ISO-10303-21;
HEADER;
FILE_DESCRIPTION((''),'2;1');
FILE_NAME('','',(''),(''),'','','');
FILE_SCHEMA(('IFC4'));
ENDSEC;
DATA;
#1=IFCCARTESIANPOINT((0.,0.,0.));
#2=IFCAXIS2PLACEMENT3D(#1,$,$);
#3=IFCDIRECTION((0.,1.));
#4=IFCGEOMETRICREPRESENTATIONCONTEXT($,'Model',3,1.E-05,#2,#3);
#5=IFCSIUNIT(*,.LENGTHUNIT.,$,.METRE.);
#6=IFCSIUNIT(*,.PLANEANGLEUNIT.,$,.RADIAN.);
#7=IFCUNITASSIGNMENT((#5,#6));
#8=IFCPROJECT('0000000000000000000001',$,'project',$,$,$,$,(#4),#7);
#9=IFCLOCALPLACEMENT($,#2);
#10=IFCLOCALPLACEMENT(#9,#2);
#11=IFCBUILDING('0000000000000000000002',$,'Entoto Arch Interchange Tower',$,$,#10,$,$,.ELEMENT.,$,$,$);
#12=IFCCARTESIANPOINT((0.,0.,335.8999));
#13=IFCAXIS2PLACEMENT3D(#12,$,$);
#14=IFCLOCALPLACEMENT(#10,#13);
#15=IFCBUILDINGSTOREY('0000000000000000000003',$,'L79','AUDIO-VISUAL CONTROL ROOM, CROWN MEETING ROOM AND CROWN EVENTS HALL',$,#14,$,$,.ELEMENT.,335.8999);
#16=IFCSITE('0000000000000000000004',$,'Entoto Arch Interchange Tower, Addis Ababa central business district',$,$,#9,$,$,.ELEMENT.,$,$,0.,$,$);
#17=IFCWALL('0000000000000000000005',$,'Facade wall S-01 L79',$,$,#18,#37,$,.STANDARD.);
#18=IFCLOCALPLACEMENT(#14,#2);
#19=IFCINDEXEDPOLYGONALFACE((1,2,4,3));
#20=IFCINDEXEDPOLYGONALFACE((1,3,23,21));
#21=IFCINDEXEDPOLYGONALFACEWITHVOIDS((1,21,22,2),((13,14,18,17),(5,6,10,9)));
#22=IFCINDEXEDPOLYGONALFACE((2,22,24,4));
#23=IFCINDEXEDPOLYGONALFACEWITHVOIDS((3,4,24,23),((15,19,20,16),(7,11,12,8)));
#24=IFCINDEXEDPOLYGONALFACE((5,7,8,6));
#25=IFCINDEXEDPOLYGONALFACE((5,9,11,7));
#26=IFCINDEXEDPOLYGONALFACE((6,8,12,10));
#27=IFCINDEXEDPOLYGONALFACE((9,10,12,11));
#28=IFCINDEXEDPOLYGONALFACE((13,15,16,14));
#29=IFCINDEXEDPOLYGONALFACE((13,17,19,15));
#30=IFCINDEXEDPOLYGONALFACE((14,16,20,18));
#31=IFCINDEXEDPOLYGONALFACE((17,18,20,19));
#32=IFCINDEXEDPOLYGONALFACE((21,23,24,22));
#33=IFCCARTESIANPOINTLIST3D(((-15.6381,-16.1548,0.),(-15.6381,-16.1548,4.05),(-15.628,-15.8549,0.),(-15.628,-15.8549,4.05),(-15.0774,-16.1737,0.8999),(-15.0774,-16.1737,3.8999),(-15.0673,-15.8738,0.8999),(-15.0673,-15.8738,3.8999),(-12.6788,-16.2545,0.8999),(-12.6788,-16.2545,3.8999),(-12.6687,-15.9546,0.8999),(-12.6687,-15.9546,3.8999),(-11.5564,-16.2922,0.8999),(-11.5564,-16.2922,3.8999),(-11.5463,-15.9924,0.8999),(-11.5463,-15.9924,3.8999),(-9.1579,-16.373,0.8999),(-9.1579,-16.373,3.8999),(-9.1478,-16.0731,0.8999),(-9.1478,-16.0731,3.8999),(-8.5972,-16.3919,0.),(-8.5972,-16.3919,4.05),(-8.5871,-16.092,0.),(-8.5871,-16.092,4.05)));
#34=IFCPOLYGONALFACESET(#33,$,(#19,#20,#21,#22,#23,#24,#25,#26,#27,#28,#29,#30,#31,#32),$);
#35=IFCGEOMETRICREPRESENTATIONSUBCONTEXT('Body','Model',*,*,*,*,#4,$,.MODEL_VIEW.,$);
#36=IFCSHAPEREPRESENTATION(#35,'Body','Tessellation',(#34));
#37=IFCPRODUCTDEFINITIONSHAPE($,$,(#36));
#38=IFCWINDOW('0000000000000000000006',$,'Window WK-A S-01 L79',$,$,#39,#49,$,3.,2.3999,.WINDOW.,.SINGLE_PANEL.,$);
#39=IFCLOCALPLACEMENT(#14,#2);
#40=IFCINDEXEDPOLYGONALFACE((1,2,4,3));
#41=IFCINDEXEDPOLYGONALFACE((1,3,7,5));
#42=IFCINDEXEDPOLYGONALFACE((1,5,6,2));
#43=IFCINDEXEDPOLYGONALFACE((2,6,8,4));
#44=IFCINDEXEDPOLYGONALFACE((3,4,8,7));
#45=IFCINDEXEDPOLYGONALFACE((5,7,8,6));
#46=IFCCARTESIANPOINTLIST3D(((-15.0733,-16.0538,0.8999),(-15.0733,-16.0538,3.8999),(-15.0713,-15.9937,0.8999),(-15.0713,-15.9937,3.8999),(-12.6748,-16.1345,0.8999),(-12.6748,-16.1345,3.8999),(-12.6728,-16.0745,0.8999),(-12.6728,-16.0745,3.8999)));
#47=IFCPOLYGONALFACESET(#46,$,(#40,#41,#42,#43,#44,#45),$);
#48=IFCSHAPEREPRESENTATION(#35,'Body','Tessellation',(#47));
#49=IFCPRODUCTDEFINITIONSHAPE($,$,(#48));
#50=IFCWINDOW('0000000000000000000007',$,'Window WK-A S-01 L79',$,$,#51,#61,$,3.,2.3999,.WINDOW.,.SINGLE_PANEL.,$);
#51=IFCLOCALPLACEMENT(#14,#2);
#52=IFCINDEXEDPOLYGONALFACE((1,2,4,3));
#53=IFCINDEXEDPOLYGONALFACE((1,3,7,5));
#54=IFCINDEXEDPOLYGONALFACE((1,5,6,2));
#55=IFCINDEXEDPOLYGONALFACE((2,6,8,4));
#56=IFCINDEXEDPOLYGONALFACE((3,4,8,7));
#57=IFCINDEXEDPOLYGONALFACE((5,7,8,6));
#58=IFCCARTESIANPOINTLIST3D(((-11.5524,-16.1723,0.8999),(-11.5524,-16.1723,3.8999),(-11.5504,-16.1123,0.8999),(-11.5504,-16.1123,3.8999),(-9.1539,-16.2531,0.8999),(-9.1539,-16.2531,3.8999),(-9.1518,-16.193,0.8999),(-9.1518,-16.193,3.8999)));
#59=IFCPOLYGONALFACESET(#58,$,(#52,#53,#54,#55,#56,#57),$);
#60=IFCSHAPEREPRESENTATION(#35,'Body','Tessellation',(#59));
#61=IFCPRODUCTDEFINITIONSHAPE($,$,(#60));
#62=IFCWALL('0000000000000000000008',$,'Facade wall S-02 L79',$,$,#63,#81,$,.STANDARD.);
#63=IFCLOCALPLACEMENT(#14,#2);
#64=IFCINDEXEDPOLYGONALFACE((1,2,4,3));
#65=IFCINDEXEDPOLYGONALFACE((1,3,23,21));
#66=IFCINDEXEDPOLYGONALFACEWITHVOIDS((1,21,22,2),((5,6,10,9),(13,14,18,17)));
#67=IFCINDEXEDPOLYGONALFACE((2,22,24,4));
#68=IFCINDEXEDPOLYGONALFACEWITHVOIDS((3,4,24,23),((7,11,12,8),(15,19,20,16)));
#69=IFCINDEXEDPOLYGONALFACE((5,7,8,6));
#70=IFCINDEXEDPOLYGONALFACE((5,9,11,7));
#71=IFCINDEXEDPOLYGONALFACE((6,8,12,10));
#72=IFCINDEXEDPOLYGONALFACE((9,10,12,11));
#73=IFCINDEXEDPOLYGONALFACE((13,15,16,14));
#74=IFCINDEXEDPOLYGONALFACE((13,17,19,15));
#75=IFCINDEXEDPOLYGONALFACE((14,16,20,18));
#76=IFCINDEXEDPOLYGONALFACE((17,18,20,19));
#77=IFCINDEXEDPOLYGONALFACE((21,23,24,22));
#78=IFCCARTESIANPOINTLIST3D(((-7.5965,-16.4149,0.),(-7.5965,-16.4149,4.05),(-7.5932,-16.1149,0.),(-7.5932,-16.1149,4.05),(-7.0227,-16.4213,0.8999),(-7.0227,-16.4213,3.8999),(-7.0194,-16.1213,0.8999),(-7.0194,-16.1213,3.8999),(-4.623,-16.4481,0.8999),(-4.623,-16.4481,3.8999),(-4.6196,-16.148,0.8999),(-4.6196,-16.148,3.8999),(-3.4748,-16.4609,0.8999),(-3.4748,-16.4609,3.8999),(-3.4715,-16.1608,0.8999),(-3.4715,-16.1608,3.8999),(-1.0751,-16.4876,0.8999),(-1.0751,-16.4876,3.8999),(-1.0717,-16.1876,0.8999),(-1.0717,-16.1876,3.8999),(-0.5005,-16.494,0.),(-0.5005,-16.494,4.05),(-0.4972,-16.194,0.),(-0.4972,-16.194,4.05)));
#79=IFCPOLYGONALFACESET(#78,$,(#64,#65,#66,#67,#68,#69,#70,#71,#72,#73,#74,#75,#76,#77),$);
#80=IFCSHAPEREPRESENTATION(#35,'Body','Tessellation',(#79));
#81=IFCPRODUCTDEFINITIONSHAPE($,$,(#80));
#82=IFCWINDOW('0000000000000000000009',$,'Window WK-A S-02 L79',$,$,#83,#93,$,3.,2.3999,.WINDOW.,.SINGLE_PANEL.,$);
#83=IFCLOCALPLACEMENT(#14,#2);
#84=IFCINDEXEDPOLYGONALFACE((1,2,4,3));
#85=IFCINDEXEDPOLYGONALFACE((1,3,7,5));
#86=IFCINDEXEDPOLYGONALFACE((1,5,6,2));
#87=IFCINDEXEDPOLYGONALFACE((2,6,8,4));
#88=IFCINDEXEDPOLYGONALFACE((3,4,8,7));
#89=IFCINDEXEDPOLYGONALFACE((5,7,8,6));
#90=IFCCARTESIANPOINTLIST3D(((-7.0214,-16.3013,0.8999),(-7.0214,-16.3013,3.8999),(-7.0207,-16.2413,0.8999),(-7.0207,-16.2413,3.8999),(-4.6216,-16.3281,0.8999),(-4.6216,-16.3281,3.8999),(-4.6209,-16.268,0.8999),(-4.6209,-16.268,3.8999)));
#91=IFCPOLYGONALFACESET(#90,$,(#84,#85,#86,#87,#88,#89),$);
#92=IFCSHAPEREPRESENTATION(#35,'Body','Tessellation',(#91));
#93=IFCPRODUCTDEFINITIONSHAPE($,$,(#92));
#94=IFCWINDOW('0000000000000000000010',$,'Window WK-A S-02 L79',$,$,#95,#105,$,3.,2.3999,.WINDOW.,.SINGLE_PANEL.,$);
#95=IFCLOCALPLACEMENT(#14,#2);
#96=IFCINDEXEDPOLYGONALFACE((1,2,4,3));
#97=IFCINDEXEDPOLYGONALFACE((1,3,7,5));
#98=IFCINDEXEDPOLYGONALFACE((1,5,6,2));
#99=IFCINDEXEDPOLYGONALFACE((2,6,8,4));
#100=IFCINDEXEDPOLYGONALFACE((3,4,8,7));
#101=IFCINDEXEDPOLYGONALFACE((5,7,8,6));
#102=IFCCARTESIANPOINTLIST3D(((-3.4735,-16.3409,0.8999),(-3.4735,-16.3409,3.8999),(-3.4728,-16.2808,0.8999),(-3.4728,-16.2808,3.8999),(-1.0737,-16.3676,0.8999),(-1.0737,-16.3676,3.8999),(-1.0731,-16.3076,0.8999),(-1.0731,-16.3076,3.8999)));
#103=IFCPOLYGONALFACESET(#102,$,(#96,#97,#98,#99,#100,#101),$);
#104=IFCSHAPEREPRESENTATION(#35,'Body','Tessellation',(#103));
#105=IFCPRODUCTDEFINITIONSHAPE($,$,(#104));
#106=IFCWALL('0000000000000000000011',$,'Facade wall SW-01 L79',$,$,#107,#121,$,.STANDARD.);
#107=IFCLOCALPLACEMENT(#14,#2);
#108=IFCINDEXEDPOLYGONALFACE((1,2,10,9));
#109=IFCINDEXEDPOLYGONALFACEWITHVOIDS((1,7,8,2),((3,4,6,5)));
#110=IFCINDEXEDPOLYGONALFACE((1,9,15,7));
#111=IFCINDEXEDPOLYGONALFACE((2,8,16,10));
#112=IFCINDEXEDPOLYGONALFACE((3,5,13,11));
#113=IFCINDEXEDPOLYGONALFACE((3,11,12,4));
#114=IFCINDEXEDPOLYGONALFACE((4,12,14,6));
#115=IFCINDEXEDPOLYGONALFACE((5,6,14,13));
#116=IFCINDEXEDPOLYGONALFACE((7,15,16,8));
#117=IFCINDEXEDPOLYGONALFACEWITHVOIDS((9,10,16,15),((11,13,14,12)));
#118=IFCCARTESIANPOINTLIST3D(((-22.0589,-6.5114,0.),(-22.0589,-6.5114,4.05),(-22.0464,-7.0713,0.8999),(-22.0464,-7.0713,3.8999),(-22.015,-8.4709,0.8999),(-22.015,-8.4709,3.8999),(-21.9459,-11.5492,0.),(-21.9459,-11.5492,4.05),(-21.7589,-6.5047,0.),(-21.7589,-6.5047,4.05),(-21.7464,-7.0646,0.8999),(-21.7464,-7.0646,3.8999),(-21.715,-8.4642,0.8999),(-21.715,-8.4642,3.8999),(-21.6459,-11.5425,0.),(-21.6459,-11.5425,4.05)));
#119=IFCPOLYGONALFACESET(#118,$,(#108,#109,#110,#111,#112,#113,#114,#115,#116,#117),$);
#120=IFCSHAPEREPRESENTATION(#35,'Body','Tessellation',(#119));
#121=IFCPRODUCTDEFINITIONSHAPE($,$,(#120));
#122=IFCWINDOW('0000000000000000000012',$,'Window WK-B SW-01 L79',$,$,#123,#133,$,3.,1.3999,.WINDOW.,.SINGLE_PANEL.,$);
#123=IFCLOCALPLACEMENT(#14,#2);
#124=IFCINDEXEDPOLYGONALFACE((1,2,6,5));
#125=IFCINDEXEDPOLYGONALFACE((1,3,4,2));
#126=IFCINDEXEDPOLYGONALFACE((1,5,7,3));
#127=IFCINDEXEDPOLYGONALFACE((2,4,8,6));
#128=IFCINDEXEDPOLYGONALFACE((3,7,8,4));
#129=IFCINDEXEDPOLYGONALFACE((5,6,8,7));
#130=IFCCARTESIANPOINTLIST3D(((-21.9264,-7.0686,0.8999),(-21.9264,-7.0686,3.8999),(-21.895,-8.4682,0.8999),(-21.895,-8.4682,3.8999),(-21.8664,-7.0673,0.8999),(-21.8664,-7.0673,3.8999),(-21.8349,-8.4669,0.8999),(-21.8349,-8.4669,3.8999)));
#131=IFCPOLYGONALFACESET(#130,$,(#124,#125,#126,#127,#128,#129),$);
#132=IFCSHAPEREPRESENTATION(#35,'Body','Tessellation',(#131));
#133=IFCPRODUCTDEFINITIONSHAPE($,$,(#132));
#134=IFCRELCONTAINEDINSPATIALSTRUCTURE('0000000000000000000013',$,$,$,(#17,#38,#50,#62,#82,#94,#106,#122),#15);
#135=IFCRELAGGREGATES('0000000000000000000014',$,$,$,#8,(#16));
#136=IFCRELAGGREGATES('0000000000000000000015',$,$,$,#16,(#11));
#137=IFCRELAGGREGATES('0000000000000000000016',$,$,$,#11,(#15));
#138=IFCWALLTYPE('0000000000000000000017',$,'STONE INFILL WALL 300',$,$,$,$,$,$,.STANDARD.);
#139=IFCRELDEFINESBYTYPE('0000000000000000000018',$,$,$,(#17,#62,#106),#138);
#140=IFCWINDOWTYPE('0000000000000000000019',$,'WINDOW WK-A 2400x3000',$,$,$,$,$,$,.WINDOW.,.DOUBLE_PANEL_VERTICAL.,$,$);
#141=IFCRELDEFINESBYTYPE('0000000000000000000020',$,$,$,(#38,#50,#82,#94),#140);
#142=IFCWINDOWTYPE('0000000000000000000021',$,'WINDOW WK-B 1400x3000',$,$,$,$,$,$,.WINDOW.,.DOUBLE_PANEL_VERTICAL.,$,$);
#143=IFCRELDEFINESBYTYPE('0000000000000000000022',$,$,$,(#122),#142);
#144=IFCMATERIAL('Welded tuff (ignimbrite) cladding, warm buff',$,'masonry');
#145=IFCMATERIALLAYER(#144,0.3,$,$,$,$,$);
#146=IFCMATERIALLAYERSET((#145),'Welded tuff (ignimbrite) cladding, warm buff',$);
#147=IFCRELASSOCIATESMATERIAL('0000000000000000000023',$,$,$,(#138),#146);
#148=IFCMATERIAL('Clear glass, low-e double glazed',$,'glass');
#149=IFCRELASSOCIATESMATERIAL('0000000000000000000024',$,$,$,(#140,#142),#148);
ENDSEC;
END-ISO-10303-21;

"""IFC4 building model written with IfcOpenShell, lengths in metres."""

from ifc_helpers import new_model, si_unit, direction, frame, frame_2d, origin, place, context, subcontext, project, spatial, rectangle, extrude, material, layer, layer_set, type_object, element, fill, save


model = new_model("IFC4")

# Units and contexts
model_context = context("Model", 3, precision=1e-05, world=origin(), true_north=direction((0.0, 1.0)))
body_context = subcontext(model_context, "Body", "Model", "MODEL_VIEW")
ifc_project = project(units=[si_unit("LENGTHUNIT", "METRE"), si_unit("PLANEANGLEUNIT", "RADIAN")], contexts=[model_context])

# Site, building, storey
site_placement = place(None, origin())
site = spatial("IfcSite", under=ifc_project, at=site_placement, Name="Entoto Arch Interchange Tower, Addis Ababa central business district", CompositionType="ELEMENT", RefElevation=0.0)
building_placement = place(site_placement, origin())
building = spatial("IfcBuilding", under=site, at=building_placement, Name="Entoto Arch Interchange Tower", CompositionType="ELEMENT")
storey_placement = place(building_placement, frame((0.0, 0.0, 335.8999)))
storey = spatial("IfcBuildingStorey", under=building, at=storey_placement, Name="L79", Description="AUDIO-VISUAL CONTROL ROOM, CROWN MEETING ROOM AND CROWN EVENTS HALL", CompositionType="ELEMENT", Elevation=335.8999)

# Walls, openings, windows
ifc_material_1 = material(Name="Welded tuff (ignimbrite) cladding, warm buff", Category="masonry")
ifc_layer_1 = layer(ifc_material_1, 0.3)
ifc_layer_set_1 = layer_set([ifc_layer_1], Name="Welded tuff (ignimbrite) cladding, warm buff")
wall_type_1 = type_object("IfcWallType", Name="STONE INFILL WALL 300", PredefinedType="STANDARD", material=ifc_layer_set_1)
wall_1_placement = place(storey_placement, frame((-15.6331, -16.0049, 0.0), z_axis=(0.0, 0.0, 1.0), x_axis=(0.999434, -0.033649, 0.0)))
wall_1 = element("IfcWall", 1, at=wall_1_placement, inside=storey, type_object=wall_type_1, Name="Facade wall S-01 L79", PredefinedType="STANDARD", context=body_context, shape_type="SweptSolid", body=[
    extrude(rectangle(XDim=7.0449, YDim=0.3, at=frame_2d((3.5225, 0.0))), origin(), (0.0, 0.0, 1.0), 4.05),
])
opening_1_placement = place(wall_1_placement, frame((0.561, 0.0, 0.8999)))
opening_1 = element("IfcOpeningElement", 2, at=opening_1_placement, cuts=wall_1, PredefinedType="OPENING", context=body_context, shape_type="SweptSolid", body=[
    extrude(rectangle(XDim=2.3999, YDim=3.0, at=frame_2d((1.2, 1.5))), frame((0.0, 0.1602, 0.0), z_axis=(0.0, -1.0, 0.0), x_axis=(1.0, 0.0, 0.0)), (0.0, 0.0, 1.0), 0.3201),
])
opening_2_placement = place(wall_1_placement, frame((4.084, 0.0, 0.8999)))
opening_2 = element("IfcOpeningElement", 3, at=opening_2_placement, cuts=wall_1, PredefinedType="OPENING", context=body_context, shape_type="SweptSolid", body=[
    extrude(rectangle(XDim=2.3999, YDim=3.0, at=frame_2d((1.2, 1.5))), frame((0.0, 0.1602, 0.0), z_axis=(0.0, -1.0, 0.0), x_axis=(1.0, 0.0, 0.0)), (0.0, 0.0, 1.0), 0.3201),
])
ifc_material_2 = material(Name="Clear glass, low-e double glazed", Category="glass")
window_type_1 = type_object("IfcWindowType", Name="WINDOW WK-A 2400x3000", PartitioningType="DOUBLE_PANEL_VERTICAL", PredefinedType="WINDOW", material=ifc_material_2)
window_1_placement = place(opening_1_placement, origin())
window_1 = element("IfcWindow", 4, at=window_1_placement, inside=storey, type_object=window_type_1, Name="Window WK-A S-01 L79", OverallHeight=3.0, OverallWidth=2.3999, PartitioningType="SINGLE_PANEL", PredefinedType="WINDOW", context=body_context, shape_type="SweptSolid", body=[
    extrude(rectangle(XDim=2.3999, YDim=3.0, at=frame_2d((1.2, 1.5))), frame((0.0, 0.03, 0.0), z_axis=(0.0, -1.0, 0.0), x_axis=(1.0, 0.0, 0.0)), (0.0, 0.0, 1.0), 0.0601),
])
fill(opening_1, window_1)
window_2_placement = place(opening_2_placement, origin())
window_2 = element("IfcWindow", 5, at=window_2_placement, inside=storey, type_object=window_type_1, Name="Window WK-A S-01 L79", OverallHeight=3.0, OverallWidth=2.3999, PartitioningType="SINGLE_PANEL", PredefinedType="WINDOW", context=body_context, shape_type="SweptSolid", body=[
    extrude(rectangle(XDim=2.3999, YDim=3.0, at=frame_2d((1.2, 1.5))), frame((0.0, 0.03, 0.0), z_axis=(0.0, -1.0, 0.0), x_axis=(1.0, 0.0, 0.0)), (0.0, 0.0, 1.0), 0.0601),
])
fill(opening_2, window_2)
wall_2_placement = place(storey_placement, frame((-7.595, -16.2649, 0.0), z_axis=(0.0, 0.0, 1.0), x_axis=(0.999938, -0.011147, 0.0)))
wall_2 = element("IfcWall", 6, at=wall_2_placement, inside=storey, type_object=wall_type_1, Name="Facade wall S-02 L79", PredefinedType="STANDARD", context=body_context, shape_type="SweptSolid", body=[
    extrude(rectangle(XDim=7.0964, YDim=0.3, at=frame_2d((3.5483, 0.0))), origin(), (0.0, 0.0, 1.0), 4.05),
])
opening_3_placement = place(wall_2_placement, frame((0.574, 0.0, 0.8999)))
opening_3 = element("IfcOpeningElement", 7, at=opening_3_placement, cuts=wall_2, PredefinedType="OPENING", context=body_context, shape_type="SweptSolid", body=[
    extrude(rectangle(XDim=2.3999, YDim=3.0, at=frame_2d((1.2, 1.5))), frame((0.0, 0.1602, 0.0), z_axis=(0.0, -1.0, 0.0), x_axis=(1.0, 0.0, 0.0)), (0.0, 0.0, 1.0), 0.3201),
])
opening_4_placement = place(wall_2_placement, frame((4.1221, 0.0, 0.8999)))
opening_4 = element("IfcOpeningElement", 8, at=opening_4_placement, cuts=wall_2, PredefinedType="OPENING", context=body_context, shape_type="SweptSolid", body=[
    extrude(rectangle(XDim=2.3999, YDim=3.0, at=frame_2d((1.2, 1.5))), frame((0.0, 0.1602, 0.0), z_axis=(0.0, -1.0, 0.0), x_axis=(1.0, 0.0, 0.0)), (0.0, 0.0, 1.0), 0.3201),
])
window_3_placement = place(opening_3_placement, origin())
window_3 = element("IfcWindow", 9, at=window_3_placement, inside=storey, type_object=window_type_1, Name="Window WK-A S-02 L79", OverallHeight=3.0, OverallWidth=2.3999, PartitioningType="SINGLE_PANEL", PredefinedType="WINDOW", context=body_context, shape_type="SweptSolid", body=[
    extrude(rectangle(XDim=2.3999, YDim=3.0, at=frame_2d((1.2, 1.5))), frame((0.0, 0.03, 0.0), z_axis=(0.0, -1.0, 0.0), x_axis=(1.0, 0.0, 0.0)), (0.0, 0.0, 1.0), 0.0601),
])
fill(opening_3, window_3)
window_4_placement = place(opening_4_placement, origin())
window_4 = element("IfcWindow", 10, at=window_4_placement, inside=storey, type_object=window_type_1, Name="Window WK-A S-02 L79", OverallHeight=3.0, OverallWidth=2.3999, PartitioningType="SINGLE_PANEL", PredefinedType="WINDOW", context=body_context, shape_type="SweptSolid", body=[
    extrude(rectangle(XDim=2.3999, YDim=3.0, at=frame_2d((1.2, 1.5))), frame((0.0, 0.03, 0.0), z_axis=(0.0, -1.0, 0.0), x_axis=(1.0, 0.0, 0.0)), (0.0, 0.0, 1.0), 0.0601),
])
fill(opening_4, window_4)

# Wall, opening, window
wall_3_placement = place(storey_placement, frame((-21.9089, -6.5081, 0.0), z_axis=(0.0, 0.0, 1.0), x_axis=(0.022432, -0.999748, 0.0)))
wall_3 = element("IfcWall", 11, at=wall_3_placement, inside=storey, type_object=wall_type_1, Name="Facade wall SW-01 L79", PredefinedType="STANDARD", context=body_context, shape_type="SweptSolid", body=[
    extrude(rectangle(XDim=5.0391, YDim=0.3, at=frame_2d((2.5195, 0.0))), origin(), (0.0, 0.0, 1.0), 4.05),
])
opening_5_placement = place(wall_3_placement, frame((0.5601, 0.0, 0.8999)))
opening_5 = element("IfcOpeningElement", 12, at=opening_5_placement, cuts=wall_3, PredefinedType="OPENING", context=body_context, shape_type="SweptSolid", body=[
    extrude(rectangle(XDim=1.3999, YDim=3.0, at=frame_2d((0.7, 1.5))), frame((0.0, 0.1602, 0.0), z_axis=(0.0, -1.0, 0.0), x_axis=(1.0, 0.0, 0.0)), (0.0, 0.0, 1.0), 0.3201),
])
window_type_2 = type_object("IfcWindowType", Name="WINDOW WK-B 1400x3000", PartitioningType="DOUBLE_PANEL_VERTICAL", PredefinedType="WINDOW", material=ifc_material_2)
window_5_placement = place(opening_5_placement, origin())
window_5 = element("IfcWindow", 13, at=window_5_placement, inside=storey, type_object=window_type_2, Name="Window WK-B SW-01 L79", OverallHeight=3.0, OverallWidth=1.3999, PartitioningType="SINGLE_PANEL", PredefinedType="WINDOW", context=body_context, shape_type="SweptSolid", body=[
    extrude(rectangle(XDim=1.3999, YDim=3.0, at=frame_2d((0.7, 1.5))), frame((0.0, 0.03, 0.0), z_axis=(0.0, -1.0, 0.0), x_axis=(1.0, 0.0, 0.0)), (0.0, 0.0, 1.0), 0.0601),
])
fill(opening_5, window_5)

save(model, "model.ifc")
